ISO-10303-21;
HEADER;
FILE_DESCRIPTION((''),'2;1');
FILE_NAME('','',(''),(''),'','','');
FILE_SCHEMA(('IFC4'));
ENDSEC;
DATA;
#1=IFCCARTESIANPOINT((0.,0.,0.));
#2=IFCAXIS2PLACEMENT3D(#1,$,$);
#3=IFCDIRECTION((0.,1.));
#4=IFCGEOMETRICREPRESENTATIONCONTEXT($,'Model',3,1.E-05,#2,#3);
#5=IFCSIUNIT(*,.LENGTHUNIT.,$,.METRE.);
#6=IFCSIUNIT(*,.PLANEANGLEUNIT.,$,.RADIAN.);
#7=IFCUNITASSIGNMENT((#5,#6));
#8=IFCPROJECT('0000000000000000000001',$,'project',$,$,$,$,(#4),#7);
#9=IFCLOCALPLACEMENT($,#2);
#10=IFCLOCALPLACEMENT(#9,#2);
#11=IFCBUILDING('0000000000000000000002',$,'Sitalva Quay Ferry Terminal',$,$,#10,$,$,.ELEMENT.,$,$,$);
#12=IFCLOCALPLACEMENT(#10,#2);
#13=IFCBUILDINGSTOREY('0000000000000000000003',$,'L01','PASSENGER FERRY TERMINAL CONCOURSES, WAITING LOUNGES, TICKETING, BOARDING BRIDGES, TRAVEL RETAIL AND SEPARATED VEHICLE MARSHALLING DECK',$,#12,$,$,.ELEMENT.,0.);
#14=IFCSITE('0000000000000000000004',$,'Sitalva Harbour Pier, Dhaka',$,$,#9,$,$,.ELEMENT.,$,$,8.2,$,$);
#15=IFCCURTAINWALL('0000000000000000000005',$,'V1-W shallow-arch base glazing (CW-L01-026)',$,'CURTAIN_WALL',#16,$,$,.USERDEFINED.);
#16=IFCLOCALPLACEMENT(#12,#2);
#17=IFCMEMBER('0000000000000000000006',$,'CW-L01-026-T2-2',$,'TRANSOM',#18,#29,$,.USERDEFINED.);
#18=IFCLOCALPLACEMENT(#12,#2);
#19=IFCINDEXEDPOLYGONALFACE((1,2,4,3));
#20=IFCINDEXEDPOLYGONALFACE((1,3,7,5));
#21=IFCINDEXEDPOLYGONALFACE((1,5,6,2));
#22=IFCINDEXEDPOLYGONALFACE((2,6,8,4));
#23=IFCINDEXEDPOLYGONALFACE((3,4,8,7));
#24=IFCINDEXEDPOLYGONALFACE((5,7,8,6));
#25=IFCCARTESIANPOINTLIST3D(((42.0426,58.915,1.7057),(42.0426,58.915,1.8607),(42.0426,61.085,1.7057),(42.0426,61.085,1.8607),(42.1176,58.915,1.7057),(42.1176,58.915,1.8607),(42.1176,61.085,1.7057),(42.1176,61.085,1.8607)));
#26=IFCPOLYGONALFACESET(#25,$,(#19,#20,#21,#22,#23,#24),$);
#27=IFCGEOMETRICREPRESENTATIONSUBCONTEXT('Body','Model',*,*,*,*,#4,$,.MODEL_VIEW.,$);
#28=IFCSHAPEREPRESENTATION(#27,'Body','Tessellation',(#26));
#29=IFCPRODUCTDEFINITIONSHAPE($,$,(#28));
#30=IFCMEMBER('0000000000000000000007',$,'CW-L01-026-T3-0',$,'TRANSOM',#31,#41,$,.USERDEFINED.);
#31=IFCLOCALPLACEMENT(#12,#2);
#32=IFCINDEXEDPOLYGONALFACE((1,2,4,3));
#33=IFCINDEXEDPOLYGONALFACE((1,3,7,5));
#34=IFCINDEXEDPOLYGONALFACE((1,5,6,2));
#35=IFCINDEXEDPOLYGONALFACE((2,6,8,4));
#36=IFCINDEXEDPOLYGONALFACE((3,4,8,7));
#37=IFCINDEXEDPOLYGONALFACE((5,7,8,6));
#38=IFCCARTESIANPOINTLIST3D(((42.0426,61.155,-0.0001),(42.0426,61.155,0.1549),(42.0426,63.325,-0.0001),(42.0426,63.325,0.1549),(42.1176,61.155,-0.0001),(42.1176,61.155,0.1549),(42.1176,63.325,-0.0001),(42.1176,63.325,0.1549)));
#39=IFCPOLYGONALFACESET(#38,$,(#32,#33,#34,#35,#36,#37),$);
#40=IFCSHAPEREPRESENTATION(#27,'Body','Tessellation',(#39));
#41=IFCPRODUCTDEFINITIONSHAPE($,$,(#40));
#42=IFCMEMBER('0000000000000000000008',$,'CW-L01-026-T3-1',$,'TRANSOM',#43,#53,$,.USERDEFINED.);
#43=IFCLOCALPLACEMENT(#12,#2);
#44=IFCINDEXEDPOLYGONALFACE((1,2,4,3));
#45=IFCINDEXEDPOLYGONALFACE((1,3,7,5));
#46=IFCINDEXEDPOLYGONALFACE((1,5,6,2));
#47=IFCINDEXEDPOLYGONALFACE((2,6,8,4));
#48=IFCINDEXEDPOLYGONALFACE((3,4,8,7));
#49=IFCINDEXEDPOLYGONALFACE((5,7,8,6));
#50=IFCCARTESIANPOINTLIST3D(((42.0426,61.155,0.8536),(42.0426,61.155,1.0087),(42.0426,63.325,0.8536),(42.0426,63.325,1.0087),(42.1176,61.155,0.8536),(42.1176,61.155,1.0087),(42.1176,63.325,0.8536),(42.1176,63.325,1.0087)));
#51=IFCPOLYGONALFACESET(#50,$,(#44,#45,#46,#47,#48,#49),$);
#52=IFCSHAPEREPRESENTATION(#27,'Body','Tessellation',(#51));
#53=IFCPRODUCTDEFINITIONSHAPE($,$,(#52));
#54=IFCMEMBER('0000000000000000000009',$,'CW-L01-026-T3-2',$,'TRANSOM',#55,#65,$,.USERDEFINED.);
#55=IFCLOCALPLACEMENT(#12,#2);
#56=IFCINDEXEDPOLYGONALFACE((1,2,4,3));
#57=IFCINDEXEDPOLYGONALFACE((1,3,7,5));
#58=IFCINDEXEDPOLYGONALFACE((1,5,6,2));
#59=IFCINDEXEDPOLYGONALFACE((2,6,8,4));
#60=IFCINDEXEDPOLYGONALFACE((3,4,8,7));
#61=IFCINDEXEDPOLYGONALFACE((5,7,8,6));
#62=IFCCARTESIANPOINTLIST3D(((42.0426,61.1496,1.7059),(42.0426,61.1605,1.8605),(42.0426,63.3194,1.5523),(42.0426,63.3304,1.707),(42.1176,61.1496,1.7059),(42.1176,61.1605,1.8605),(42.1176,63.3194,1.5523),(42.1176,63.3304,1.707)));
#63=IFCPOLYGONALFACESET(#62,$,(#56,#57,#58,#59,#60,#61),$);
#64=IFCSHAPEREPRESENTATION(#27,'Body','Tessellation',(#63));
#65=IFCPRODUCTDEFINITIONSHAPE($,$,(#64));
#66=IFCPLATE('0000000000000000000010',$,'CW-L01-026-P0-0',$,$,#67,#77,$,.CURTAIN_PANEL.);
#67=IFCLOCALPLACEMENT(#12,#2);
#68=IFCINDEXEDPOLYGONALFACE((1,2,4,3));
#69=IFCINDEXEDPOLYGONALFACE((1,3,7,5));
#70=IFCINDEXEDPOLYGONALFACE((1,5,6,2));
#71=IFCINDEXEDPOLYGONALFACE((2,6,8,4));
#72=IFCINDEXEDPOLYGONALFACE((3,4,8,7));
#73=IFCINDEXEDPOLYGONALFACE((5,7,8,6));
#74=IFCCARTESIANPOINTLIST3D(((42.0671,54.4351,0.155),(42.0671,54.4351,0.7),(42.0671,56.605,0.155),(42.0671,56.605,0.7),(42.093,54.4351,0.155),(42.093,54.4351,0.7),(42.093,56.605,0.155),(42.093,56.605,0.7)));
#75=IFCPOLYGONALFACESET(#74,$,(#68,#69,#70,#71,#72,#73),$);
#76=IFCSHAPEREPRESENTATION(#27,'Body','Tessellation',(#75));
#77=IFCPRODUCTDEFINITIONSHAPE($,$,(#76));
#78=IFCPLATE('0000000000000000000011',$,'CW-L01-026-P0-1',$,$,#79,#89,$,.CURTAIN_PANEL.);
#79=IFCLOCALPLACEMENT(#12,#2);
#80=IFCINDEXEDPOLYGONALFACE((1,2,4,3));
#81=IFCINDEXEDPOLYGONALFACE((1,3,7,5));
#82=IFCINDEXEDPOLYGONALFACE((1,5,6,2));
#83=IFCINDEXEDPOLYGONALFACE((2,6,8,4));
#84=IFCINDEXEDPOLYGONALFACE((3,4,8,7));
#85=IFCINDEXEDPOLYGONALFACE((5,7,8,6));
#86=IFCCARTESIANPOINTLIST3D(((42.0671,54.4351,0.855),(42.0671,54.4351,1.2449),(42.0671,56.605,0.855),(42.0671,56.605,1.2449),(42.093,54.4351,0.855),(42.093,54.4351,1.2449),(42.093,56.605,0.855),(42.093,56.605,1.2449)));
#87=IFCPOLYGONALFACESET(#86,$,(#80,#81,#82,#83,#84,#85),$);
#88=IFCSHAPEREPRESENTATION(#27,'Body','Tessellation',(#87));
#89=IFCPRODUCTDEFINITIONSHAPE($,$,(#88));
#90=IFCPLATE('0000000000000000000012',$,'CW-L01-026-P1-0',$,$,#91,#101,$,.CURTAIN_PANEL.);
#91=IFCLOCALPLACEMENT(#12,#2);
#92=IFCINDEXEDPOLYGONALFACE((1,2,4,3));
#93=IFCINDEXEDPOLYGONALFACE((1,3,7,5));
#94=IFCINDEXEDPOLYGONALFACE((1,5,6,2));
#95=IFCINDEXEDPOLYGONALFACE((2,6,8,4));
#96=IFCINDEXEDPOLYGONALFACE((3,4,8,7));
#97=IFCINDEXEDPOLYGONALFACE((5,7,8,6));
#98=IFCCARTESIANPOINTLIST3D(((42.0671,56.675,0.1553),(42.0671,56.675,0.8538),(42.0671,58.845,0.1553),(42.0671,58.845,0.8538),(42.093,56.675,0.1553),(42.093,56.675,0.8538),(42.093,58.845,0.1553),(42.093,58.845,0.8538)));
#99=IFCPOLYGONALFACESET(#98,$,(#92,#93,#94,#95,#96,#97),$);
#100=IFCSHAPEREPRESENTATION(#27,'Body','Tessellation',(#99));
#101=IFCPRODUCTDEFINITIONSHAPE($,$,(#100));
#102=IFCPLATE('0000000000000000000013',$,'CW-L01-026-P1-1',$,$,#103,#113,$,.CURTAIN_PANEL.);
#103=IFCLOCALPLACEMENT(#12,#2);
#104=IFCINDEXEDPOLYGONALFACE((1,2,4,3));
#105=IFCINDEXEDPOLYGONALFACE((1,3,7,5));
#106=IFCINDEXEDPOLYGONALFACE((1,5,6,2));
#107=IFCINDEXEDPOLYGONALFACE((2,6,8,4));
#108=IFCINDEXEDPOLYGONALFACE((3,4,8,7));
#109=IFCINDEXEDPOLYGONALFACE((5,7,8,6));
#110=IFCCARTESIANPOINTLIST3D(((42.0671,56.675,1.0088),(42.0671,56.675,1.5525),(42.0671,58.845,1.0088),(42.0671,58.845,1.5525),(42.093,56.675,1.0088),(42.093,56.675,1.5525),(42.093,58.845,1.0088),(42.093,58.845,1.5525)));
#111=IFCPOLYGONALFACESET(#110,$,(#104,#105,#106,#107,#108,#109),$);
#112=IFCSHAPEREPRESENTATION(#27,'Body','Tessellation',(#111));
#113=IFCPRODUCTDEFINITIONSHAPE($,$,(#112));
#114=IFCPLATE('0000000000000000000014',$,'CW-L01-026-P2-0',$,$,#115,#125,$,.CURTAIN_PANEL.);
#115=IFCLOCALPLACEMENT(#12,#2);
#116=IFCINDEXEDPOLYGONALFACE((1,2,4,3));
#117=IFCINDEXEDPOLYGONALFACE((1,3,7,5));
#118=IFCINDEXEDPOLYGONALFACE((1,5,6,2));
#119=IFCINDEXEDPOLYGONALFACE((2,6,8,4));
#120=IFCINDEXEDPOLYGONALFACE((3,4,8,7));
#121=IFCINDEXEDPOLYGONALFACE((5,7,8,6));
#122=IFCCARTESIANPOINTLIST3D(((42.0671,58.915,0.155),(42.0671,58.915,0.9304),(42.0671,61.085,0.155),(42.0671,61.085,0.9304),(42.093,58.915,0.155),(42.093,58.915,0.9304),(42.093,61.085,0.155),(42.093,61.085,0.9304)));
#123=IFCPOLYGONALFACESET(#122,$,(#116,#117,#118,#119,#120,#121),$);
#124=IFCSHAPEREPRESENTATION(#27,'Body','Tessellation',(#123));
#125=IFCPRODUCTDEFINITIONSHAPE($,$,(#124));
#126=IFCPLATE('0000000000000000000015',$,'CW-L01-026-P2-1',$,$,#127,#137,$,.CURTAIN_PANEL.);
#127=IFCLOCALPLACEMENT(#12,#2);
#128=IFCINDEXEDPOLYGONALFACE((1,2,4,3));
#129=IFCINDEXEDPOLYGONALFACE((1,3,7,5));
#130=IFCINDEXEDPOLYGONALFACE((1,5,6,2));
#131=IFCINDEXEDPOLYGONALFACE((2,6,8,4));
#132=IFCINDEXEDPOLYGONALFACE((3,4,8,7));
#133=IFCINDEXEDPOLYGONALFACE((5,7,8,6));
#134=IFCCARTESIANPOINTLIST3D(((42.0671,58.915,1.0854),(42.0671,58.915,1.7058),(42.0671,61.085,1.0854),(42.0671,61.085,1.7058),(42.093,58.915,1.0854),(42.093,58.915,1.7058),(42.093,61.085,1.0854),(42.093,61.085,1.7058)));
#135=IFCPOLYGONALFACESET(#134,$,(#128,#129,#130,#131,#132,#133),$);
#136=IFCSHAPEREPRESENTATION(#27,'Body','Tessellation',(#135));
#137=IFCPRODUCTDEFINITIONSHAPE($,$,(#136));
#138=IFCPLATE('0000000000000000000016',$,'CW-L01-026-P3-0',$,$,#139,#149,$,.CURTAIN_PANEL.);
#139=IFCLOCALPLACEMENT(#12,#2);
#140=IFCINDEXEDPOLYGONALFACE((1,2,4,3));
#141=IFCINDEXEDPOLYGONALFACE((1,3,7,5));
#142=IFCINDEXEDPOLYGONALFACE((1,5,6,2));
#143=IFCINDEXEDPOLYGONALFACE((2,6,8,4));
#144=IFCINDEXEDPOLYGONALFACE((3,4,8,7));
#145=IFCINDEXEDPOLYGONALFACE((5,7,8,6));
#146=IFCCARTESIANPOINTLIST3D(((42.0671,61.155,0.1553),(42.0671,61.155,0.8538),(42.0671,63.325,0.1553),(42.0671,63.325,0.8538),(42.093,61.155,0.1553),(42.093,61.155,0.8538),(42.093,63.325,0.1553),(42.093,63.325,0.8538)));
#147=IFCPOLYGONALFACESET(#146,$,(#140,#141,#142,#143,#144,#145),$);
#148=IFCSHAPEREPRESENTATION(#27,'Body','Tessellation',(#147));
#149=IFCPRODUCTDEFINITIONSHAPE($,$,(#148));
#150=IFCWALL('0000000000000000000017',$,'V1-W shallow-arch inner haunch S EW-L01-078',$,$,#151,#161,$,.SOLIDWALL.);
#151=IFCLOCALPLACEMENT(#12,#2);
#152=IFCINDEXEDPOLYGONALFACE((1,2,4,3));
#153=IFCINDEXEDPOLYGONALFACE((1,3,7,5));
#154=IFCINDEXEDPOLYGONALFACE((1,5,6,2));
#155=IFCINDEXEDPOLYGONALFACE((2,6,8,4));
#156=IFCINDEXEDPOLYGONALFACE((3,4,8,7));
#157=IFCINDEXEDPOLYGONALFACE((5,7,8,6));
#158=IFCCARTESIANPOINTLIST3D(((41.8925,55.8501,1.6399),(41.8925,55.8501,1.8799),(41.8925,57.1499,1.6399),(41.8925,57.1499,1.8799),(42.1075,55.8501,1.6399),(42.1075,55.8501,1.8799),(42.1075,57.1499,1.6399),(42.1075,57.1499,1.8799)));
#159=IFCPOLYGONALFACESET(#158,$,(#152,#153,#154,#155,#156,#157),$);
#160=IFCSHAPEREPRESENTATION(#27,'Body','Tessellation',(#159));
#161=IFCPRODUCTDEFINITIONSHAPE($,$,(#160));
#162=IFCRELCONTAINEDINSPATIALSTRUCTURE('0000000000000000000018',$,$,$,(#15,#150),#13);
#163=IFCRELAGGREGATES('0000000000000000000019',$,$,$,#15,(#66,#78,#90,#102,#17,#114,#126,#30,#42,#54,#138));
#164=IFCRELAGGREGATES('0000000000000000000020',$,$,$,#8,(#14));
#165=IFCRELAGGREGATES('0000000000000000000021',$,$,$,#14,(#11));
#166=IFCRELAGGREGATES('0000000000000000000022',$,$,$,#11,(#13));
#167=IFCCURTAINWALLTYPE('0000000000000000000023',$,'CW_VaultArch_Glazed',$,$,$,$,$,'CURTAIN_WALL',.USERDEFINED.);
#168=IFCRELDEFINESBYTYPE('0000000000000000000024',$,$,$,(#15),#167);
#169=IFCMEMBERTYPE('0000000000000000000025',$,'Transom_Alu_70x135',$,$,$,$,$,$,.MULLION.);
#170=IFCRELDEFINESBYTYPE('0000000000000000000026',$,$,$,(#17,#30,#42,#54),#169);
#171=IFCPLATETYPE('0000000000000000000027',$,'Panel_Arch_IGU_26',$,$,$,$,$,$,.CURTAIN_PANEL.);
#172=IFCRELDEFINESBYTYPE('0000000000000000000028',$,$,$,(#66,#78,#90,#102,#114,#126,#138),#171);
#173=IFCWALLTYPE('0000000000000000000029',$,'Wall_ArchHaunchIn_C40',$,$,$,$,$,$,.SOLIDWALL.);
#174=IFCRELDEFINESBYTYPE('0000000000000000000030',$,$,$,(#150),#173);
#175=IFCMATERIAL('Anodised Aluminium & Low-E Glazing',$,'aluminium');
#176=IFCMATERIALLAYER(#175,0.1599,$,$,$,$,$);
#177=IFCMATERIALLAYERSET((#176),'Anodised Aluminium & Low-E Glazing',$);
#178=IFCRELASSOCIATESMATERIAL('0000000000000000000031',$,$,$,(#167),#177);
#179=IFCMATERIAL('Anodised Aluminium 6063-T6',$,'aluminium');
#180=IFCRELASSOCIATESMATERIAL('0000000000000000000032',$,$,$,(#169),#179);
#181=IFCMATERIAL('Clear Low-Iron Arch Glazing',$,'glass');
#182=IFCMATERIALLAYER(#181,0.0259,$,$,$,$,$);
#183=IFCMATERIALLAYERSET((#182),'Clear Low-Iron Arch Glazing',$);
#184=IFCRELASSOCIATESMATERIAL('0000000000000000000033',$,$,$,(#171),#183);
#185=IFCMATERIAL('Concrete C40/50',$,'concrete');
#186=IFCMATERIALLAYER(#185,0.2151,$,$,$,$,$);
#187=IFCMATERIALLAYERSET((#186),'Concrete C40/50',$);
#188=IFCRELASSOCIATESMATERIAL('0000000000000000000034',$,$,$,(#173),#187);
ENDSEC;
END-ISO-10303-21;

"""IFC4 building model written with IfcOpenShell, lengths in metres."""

from ifc_helpers import new_model, si_unit, direction, frame, frame_2d, origin, origin_2d, place, context, subcontext, project, spatial, rectangle, extrude, material, layer, layer_set, material_profile, profile_set, type_object, element, aggregate, save


model = new_model("IFC4")

# Units and contexts
model_context = context("Model", 3, precision=1e-05, world=origin(), true_north=direction((0.0, 1.0)))
body_context = subcontext(model_context, "Body", "Model", "MODEL_VIEW")
ifc_project = project(units=[si_unit("LENGTHUNIT", "METRE"), si_unit("PLANEANGLEUNIT", "RADIAN")], contexts=[model_context])

# Site, building, storey
site_placement = place(None, origin())
site = spatial("IfcSite", under=ifc_project, at=site_placement, Name="Sitalva Harbour Pier, Dhaka", CompositionType="ELEMENT", RefElevation=8.2)
building_placement = place(site_placement, origin())
building = spatial("IfcBuilding", under=site, at=building_placement, Name="Sitalva Quay Ferry Terminal", CompositionType="ELEMENT")
storey_placement = place(building_placement, origin())
storey = spatial("IfcBuildingStorey", under=building, at=storey_placement, Name="L01", Description="PASSENGER FERRY TERMINAL CONCOURSES, WAITING LOUNGES, TICKETING, BOARDING BRIDGES, TRAVEL RETAIL AND SEPARATED VEHICLE MARSHALLING DECK", CompositionType="ELEMENT", Elevation=0.0)

# Curtain wall, members, plates
ifc_material_1 = material(Name="Anodised Aluminium & Low-E Glazing", Category="aluminium")
ifc_layer_1 = layer(ifc_material_1, 0.1599)
ifc_layer_set_1 = layer_set([ifc_layer_1], Name="Anodised Aluminium & Low-E Glazing")
curtain_wall_type = type_object("IfcCurtainWallType", Name="CW_VaultArch_Glazed", ElementType="CURTAIN_WALL", PredefinedType="USERDEFINED", material=ifc_layer_set_1)
curtain_wall_placement = place(storey_placement, origin())
curtain_wall = element("IfcCurtainWall", 1, at=curtain_wall_placement, inside=storey, type_object=curtain_wall_type, Name="V1-W shallow-arch base glazing (CW-L01-026)", ObjectType="CURTAIN_WALL", PredefinedType="USERDEFINED")
ifc_material_2 = material(Name="Anodised Aluminium 6063-T6", Category="aluminium")
ifc_material_profile_1 = material_profile(ifc_material_2, rectangle(XDim=0.075, YDim=0.155, at=origin_2d()), Name="ALU75x155")
ifc_profile_set_1 = profile_set([ifc_material_profile_1], Name="Anodised Aluminium 6063-T6")
member_type_1 = type_object("IfcMemberType", Name="Transom_Alu_70x135", PredefinedType="MULLION", material=ifc_profile_set_1)
member_1_placement = place(storey_placement, frame((42.0801, 58.915, 1.7832), z_axis=(0.0, 1.0, 0.0), x_axis=(-1.0, 0.0, 0.0)))
member_1 = element("IfcMember", 2, at=member_1_placement, type_object=member_type_1, Name="CW-L01-026-T2-2", ObjectType="TRANSOM", PredefinedType="USERDEFINED", context=body_context, shape_type="SweptSolid", body=[
    extrude(rectangle(XDim=0.075, YDim=0.155, at=origin_2d()), origin(), (0.0, 0.0, 1.0), 2.1699),
])
member_2_placement = place(storey_placement, frame((42.0801, 61.155, 0.0774), z_axis=(0.0, 1.0, 0.0), x_axis=(-1.0, 0.0, 0.0)))
member_2 = element("IfcMember", 3, at=member_2_placement, type_object=member_type_1, Name="CW-L01-026-T3-0", ObjectType="TRANSOM", PredefinedType="USERDEFINED", context=body_context, shape_type="SweptSolid", body=[
    extrude(rectangle(XDim=0.075, YDim=0.155, at=origin_2d()), origin(), (0.0, 0.0, 1.0), 2.1699),
])
member_3_placement = place(storey_placement, frame((42.0801, 61.155, 0.9312), z_axis=(0.0, 1.0, 0.0), x_axis=(-1.0, 0.0, 0.0)))
member_3 = element("IfcMember", 4, at=member_3_placement, type_object=member_type_1, Name="CW-L01-026-T3-1", ObjectType="TRANSOM", PredefinedType="USERDEFINED", context=body_context, shape_type="SweptSolid", body=[
    extrude(rectangle(XDim=0.075, YDim=0.155, at=origin_2d()), origin(), (0.0, 0.0, 1.0), 2.1699),
])
member_4_placement = place(storey_placement, frame((42.0801, 61.155, 1.7832), z_axis=(0.0, 0.997505, -0.070593), x_axis=(-1.0, 0.0, 0.0)))
member_4 = element("IfcMember", 5, at=member_4_placement, type_object=member_type_1, Name="CW-L01-026-T3-2", ObjectType="TRANSOM", PredefinedType="USERDEFINED", context=body_context, shape_type="SweptSolid", body=[
    extrude(rectangle(XDim=0.075, YDim=0.155, at=origin_2d()), origin(), (0.0, 0.0, 1.0), 2.1753),
])
ifc_material_3 = material(Name="Clear Low-Iron Arch Glazing", Category="glass")
ifc_layer_2 = layer(ifc_material_3, 0.0259)
ifc_layer_set_2 = layer_set([ifc_layer_2], Name="Clear Low-Iron Arch Glazing")
plate_type = type_object("IfcPlateType", Name="Panel_Arch_IGU_26", PredefinedType="CURTAIN_PANEL", material=ifc_layer_set_2)
plate_1_placement = place(storey_placement, frame((42.0801, 55.52, 0.155), z_axis=(0.0, 0.0, 1.0), x_axis=(0.0, 1.0, 0.0)))
plate_1 = element("IfcPlate", 6, at=plate_1_placement, type_object=plate_type, Name="CW-L01-026-P0-0", PredefinedType="CURTAIN_PANEL", context=body_context, shape_type="SweptSolid", body=[
    extrude(rectangle(XDim=2.1699, YDim=0.0259, at=origin_2d()), origin(), (0.0, 0.0, 1.0), 0.5449),
])
plate_2_placement = place(storey_placement, frame((42.0801, 55.52, 0.855), z_axis=(0.0, 0.0, 1.0), x_axis=(0.0, 1.0, 0.0)))
plate_2 = element("IfcPlate", 7, at=plate_2_placement, type_object=plate_type, Name="CW-L01-026-P0-1", PredefinedType="CURTAIN_PANEL", context=body_context, shape_type="SweptSolid", body=[
    extrude(rectangle(XDim=2.1699, YDim=0.0259, at=origin_2d()), origin(), (0.0, 0.0, 1.0), 0.3899),
])
plate_3_placement = place(storey_placement, frame((42.0801, 57.76, 0.1553), z_axis=(0.0, 0.0, 1.0), x_axis=(0.0, 1.0, 0.0)))
plate_3 = element("IfcPlate", 8, at=plate_3_placement, type_object=plate_type, Name="CW-L01-026-P1-0", PredefinedType="CURTAIN_PANEL", context=body_context, shape_type="SweptSolid", body=[
    extrude(rectangle(XDim=2.1699, YDim=0.0259, at=origin_2d()), origin(), (0.0, 0.0, 1.0), 0.6985),
])
plate_4_placement = place(storey_placement, frame((42.0801, 57.76, 1.0088), z_axis=(0.0, 0.0, 1.0), x_axis=(0.0, 1.0, 0.0)))
plate_4 = element("IfcPlate", 9, at=plate_4_placement, type_object=plate_type, Name="CW-L01-026-P1-1", PredefinedType="CURTAIN_PANEL", context=body_context, shape_type="SweptSolid", body=[
    extrude(rectangle(XDim=2.1699, YDim=0.0259, at=origin_2d()), origin(), (0.0, 0.0, 1.0), 0.5437),
])
plate_5_placement = place(storey_placement, frame((42.0801, 60.0, 0.155), z_axis=(0.0, 0.0, 1.0), x_axis=(0.0, 1.0, 0.0)))
plate_5 = element("IfcPlate", 10, at=plate_5_placement, type_object=plate_type, Name="CW-L01-026-P2-0", PredefinedType="CURTAIN_PANEL", context=body_context, shape_type="SweptSolid", body=[
    extrude(rectangle(XDim=2.1699, YDim=0.0259, at=origin_2d()), origin(), (0.0, 0.0, 1.0), 0.7754),
])
plate_6_placement = place(storey_placement, frame((42.0801, 60.0, 1.0854), z_axis=(0.0, 0.0, 1.0), x_axis=(0.0, 1.0, 0.0)))
plate_6 = element("IfcPlate", 11, at=plate_6_placement, type_object=plate_type, Name="CW-L01-026-P2-1", PredefinedType="CURTAIN_PANEL", context=body_context, shape_type="SweptSolid", body=[
    extrude(rectangle(XDim=2.1699, YDim=0.0259, at=origin_2d()), origin(), (0.0, 0.0, 1.0), 0.6204),
])
plate_7_placement = place(storey_placement, frame((42.0801, 62.24, 0.1553), z_axis=(0.0, 0.0, 1.0), x_axis=(0.0, 1.0, 0.0)))
plate_7 = element("IfcPlate", 12, at=plate_7_placement, type_object=plate_type, Name="CW-L01-026-P3-0", PredefinedType="CURTAIN_PANEL", context=body_context, shape_type="SweptSolid", body=[
    extrude(rectangle(XDim=2.1699, YDim=0.0259, at=origin_2d()), origin(), (0.0, 0.0, 1.0), 0.6985),
])
aggregate(curtain_wall, [plate_1, plate_2, plate_3, plate_4, member_1, plate_5, plate_6, member_2, member_3, member_4, plate_7])

# Wall
ifc_material_4 = material(Name="Concrete C40/50", Category="concrete")
ifc_layer_3 = layer(ifc_material_4, 0.2151)
ifc_layer_set_3 = layer_set([ifc_layer_3], Name="Concrete C40/50")
wall_type = type_object("IfcWallType", Name="Wall_ArchHaunchIn_C40", PredefinedType="SOLIDWALL", material=ifc_layer_set_3)
wall_placement = place(storey_placement, frame((42.0, 55.8501, 1.6399), z_axis=(0.0, 0.0, 1.0), x_axis=(0.0, 1.0, 0.0)))
element("IfcWall", 13, at=wall_placement, inside=storey, type_object=wall_type, Name="V1-W shallow-arch inner haunch S EW-L01-078", PredefinedType="SOLIDWALL", context=body_context, shape_type="SweptSolid", body=[
    extrude(rectangle(XDim=1.2998, YDim=0.2151, at=frame_2d((0.6499, 0.0))), origin(), (0.0, 0.0, 1.0), 0.24),
])

save(model, "model.ifc")
